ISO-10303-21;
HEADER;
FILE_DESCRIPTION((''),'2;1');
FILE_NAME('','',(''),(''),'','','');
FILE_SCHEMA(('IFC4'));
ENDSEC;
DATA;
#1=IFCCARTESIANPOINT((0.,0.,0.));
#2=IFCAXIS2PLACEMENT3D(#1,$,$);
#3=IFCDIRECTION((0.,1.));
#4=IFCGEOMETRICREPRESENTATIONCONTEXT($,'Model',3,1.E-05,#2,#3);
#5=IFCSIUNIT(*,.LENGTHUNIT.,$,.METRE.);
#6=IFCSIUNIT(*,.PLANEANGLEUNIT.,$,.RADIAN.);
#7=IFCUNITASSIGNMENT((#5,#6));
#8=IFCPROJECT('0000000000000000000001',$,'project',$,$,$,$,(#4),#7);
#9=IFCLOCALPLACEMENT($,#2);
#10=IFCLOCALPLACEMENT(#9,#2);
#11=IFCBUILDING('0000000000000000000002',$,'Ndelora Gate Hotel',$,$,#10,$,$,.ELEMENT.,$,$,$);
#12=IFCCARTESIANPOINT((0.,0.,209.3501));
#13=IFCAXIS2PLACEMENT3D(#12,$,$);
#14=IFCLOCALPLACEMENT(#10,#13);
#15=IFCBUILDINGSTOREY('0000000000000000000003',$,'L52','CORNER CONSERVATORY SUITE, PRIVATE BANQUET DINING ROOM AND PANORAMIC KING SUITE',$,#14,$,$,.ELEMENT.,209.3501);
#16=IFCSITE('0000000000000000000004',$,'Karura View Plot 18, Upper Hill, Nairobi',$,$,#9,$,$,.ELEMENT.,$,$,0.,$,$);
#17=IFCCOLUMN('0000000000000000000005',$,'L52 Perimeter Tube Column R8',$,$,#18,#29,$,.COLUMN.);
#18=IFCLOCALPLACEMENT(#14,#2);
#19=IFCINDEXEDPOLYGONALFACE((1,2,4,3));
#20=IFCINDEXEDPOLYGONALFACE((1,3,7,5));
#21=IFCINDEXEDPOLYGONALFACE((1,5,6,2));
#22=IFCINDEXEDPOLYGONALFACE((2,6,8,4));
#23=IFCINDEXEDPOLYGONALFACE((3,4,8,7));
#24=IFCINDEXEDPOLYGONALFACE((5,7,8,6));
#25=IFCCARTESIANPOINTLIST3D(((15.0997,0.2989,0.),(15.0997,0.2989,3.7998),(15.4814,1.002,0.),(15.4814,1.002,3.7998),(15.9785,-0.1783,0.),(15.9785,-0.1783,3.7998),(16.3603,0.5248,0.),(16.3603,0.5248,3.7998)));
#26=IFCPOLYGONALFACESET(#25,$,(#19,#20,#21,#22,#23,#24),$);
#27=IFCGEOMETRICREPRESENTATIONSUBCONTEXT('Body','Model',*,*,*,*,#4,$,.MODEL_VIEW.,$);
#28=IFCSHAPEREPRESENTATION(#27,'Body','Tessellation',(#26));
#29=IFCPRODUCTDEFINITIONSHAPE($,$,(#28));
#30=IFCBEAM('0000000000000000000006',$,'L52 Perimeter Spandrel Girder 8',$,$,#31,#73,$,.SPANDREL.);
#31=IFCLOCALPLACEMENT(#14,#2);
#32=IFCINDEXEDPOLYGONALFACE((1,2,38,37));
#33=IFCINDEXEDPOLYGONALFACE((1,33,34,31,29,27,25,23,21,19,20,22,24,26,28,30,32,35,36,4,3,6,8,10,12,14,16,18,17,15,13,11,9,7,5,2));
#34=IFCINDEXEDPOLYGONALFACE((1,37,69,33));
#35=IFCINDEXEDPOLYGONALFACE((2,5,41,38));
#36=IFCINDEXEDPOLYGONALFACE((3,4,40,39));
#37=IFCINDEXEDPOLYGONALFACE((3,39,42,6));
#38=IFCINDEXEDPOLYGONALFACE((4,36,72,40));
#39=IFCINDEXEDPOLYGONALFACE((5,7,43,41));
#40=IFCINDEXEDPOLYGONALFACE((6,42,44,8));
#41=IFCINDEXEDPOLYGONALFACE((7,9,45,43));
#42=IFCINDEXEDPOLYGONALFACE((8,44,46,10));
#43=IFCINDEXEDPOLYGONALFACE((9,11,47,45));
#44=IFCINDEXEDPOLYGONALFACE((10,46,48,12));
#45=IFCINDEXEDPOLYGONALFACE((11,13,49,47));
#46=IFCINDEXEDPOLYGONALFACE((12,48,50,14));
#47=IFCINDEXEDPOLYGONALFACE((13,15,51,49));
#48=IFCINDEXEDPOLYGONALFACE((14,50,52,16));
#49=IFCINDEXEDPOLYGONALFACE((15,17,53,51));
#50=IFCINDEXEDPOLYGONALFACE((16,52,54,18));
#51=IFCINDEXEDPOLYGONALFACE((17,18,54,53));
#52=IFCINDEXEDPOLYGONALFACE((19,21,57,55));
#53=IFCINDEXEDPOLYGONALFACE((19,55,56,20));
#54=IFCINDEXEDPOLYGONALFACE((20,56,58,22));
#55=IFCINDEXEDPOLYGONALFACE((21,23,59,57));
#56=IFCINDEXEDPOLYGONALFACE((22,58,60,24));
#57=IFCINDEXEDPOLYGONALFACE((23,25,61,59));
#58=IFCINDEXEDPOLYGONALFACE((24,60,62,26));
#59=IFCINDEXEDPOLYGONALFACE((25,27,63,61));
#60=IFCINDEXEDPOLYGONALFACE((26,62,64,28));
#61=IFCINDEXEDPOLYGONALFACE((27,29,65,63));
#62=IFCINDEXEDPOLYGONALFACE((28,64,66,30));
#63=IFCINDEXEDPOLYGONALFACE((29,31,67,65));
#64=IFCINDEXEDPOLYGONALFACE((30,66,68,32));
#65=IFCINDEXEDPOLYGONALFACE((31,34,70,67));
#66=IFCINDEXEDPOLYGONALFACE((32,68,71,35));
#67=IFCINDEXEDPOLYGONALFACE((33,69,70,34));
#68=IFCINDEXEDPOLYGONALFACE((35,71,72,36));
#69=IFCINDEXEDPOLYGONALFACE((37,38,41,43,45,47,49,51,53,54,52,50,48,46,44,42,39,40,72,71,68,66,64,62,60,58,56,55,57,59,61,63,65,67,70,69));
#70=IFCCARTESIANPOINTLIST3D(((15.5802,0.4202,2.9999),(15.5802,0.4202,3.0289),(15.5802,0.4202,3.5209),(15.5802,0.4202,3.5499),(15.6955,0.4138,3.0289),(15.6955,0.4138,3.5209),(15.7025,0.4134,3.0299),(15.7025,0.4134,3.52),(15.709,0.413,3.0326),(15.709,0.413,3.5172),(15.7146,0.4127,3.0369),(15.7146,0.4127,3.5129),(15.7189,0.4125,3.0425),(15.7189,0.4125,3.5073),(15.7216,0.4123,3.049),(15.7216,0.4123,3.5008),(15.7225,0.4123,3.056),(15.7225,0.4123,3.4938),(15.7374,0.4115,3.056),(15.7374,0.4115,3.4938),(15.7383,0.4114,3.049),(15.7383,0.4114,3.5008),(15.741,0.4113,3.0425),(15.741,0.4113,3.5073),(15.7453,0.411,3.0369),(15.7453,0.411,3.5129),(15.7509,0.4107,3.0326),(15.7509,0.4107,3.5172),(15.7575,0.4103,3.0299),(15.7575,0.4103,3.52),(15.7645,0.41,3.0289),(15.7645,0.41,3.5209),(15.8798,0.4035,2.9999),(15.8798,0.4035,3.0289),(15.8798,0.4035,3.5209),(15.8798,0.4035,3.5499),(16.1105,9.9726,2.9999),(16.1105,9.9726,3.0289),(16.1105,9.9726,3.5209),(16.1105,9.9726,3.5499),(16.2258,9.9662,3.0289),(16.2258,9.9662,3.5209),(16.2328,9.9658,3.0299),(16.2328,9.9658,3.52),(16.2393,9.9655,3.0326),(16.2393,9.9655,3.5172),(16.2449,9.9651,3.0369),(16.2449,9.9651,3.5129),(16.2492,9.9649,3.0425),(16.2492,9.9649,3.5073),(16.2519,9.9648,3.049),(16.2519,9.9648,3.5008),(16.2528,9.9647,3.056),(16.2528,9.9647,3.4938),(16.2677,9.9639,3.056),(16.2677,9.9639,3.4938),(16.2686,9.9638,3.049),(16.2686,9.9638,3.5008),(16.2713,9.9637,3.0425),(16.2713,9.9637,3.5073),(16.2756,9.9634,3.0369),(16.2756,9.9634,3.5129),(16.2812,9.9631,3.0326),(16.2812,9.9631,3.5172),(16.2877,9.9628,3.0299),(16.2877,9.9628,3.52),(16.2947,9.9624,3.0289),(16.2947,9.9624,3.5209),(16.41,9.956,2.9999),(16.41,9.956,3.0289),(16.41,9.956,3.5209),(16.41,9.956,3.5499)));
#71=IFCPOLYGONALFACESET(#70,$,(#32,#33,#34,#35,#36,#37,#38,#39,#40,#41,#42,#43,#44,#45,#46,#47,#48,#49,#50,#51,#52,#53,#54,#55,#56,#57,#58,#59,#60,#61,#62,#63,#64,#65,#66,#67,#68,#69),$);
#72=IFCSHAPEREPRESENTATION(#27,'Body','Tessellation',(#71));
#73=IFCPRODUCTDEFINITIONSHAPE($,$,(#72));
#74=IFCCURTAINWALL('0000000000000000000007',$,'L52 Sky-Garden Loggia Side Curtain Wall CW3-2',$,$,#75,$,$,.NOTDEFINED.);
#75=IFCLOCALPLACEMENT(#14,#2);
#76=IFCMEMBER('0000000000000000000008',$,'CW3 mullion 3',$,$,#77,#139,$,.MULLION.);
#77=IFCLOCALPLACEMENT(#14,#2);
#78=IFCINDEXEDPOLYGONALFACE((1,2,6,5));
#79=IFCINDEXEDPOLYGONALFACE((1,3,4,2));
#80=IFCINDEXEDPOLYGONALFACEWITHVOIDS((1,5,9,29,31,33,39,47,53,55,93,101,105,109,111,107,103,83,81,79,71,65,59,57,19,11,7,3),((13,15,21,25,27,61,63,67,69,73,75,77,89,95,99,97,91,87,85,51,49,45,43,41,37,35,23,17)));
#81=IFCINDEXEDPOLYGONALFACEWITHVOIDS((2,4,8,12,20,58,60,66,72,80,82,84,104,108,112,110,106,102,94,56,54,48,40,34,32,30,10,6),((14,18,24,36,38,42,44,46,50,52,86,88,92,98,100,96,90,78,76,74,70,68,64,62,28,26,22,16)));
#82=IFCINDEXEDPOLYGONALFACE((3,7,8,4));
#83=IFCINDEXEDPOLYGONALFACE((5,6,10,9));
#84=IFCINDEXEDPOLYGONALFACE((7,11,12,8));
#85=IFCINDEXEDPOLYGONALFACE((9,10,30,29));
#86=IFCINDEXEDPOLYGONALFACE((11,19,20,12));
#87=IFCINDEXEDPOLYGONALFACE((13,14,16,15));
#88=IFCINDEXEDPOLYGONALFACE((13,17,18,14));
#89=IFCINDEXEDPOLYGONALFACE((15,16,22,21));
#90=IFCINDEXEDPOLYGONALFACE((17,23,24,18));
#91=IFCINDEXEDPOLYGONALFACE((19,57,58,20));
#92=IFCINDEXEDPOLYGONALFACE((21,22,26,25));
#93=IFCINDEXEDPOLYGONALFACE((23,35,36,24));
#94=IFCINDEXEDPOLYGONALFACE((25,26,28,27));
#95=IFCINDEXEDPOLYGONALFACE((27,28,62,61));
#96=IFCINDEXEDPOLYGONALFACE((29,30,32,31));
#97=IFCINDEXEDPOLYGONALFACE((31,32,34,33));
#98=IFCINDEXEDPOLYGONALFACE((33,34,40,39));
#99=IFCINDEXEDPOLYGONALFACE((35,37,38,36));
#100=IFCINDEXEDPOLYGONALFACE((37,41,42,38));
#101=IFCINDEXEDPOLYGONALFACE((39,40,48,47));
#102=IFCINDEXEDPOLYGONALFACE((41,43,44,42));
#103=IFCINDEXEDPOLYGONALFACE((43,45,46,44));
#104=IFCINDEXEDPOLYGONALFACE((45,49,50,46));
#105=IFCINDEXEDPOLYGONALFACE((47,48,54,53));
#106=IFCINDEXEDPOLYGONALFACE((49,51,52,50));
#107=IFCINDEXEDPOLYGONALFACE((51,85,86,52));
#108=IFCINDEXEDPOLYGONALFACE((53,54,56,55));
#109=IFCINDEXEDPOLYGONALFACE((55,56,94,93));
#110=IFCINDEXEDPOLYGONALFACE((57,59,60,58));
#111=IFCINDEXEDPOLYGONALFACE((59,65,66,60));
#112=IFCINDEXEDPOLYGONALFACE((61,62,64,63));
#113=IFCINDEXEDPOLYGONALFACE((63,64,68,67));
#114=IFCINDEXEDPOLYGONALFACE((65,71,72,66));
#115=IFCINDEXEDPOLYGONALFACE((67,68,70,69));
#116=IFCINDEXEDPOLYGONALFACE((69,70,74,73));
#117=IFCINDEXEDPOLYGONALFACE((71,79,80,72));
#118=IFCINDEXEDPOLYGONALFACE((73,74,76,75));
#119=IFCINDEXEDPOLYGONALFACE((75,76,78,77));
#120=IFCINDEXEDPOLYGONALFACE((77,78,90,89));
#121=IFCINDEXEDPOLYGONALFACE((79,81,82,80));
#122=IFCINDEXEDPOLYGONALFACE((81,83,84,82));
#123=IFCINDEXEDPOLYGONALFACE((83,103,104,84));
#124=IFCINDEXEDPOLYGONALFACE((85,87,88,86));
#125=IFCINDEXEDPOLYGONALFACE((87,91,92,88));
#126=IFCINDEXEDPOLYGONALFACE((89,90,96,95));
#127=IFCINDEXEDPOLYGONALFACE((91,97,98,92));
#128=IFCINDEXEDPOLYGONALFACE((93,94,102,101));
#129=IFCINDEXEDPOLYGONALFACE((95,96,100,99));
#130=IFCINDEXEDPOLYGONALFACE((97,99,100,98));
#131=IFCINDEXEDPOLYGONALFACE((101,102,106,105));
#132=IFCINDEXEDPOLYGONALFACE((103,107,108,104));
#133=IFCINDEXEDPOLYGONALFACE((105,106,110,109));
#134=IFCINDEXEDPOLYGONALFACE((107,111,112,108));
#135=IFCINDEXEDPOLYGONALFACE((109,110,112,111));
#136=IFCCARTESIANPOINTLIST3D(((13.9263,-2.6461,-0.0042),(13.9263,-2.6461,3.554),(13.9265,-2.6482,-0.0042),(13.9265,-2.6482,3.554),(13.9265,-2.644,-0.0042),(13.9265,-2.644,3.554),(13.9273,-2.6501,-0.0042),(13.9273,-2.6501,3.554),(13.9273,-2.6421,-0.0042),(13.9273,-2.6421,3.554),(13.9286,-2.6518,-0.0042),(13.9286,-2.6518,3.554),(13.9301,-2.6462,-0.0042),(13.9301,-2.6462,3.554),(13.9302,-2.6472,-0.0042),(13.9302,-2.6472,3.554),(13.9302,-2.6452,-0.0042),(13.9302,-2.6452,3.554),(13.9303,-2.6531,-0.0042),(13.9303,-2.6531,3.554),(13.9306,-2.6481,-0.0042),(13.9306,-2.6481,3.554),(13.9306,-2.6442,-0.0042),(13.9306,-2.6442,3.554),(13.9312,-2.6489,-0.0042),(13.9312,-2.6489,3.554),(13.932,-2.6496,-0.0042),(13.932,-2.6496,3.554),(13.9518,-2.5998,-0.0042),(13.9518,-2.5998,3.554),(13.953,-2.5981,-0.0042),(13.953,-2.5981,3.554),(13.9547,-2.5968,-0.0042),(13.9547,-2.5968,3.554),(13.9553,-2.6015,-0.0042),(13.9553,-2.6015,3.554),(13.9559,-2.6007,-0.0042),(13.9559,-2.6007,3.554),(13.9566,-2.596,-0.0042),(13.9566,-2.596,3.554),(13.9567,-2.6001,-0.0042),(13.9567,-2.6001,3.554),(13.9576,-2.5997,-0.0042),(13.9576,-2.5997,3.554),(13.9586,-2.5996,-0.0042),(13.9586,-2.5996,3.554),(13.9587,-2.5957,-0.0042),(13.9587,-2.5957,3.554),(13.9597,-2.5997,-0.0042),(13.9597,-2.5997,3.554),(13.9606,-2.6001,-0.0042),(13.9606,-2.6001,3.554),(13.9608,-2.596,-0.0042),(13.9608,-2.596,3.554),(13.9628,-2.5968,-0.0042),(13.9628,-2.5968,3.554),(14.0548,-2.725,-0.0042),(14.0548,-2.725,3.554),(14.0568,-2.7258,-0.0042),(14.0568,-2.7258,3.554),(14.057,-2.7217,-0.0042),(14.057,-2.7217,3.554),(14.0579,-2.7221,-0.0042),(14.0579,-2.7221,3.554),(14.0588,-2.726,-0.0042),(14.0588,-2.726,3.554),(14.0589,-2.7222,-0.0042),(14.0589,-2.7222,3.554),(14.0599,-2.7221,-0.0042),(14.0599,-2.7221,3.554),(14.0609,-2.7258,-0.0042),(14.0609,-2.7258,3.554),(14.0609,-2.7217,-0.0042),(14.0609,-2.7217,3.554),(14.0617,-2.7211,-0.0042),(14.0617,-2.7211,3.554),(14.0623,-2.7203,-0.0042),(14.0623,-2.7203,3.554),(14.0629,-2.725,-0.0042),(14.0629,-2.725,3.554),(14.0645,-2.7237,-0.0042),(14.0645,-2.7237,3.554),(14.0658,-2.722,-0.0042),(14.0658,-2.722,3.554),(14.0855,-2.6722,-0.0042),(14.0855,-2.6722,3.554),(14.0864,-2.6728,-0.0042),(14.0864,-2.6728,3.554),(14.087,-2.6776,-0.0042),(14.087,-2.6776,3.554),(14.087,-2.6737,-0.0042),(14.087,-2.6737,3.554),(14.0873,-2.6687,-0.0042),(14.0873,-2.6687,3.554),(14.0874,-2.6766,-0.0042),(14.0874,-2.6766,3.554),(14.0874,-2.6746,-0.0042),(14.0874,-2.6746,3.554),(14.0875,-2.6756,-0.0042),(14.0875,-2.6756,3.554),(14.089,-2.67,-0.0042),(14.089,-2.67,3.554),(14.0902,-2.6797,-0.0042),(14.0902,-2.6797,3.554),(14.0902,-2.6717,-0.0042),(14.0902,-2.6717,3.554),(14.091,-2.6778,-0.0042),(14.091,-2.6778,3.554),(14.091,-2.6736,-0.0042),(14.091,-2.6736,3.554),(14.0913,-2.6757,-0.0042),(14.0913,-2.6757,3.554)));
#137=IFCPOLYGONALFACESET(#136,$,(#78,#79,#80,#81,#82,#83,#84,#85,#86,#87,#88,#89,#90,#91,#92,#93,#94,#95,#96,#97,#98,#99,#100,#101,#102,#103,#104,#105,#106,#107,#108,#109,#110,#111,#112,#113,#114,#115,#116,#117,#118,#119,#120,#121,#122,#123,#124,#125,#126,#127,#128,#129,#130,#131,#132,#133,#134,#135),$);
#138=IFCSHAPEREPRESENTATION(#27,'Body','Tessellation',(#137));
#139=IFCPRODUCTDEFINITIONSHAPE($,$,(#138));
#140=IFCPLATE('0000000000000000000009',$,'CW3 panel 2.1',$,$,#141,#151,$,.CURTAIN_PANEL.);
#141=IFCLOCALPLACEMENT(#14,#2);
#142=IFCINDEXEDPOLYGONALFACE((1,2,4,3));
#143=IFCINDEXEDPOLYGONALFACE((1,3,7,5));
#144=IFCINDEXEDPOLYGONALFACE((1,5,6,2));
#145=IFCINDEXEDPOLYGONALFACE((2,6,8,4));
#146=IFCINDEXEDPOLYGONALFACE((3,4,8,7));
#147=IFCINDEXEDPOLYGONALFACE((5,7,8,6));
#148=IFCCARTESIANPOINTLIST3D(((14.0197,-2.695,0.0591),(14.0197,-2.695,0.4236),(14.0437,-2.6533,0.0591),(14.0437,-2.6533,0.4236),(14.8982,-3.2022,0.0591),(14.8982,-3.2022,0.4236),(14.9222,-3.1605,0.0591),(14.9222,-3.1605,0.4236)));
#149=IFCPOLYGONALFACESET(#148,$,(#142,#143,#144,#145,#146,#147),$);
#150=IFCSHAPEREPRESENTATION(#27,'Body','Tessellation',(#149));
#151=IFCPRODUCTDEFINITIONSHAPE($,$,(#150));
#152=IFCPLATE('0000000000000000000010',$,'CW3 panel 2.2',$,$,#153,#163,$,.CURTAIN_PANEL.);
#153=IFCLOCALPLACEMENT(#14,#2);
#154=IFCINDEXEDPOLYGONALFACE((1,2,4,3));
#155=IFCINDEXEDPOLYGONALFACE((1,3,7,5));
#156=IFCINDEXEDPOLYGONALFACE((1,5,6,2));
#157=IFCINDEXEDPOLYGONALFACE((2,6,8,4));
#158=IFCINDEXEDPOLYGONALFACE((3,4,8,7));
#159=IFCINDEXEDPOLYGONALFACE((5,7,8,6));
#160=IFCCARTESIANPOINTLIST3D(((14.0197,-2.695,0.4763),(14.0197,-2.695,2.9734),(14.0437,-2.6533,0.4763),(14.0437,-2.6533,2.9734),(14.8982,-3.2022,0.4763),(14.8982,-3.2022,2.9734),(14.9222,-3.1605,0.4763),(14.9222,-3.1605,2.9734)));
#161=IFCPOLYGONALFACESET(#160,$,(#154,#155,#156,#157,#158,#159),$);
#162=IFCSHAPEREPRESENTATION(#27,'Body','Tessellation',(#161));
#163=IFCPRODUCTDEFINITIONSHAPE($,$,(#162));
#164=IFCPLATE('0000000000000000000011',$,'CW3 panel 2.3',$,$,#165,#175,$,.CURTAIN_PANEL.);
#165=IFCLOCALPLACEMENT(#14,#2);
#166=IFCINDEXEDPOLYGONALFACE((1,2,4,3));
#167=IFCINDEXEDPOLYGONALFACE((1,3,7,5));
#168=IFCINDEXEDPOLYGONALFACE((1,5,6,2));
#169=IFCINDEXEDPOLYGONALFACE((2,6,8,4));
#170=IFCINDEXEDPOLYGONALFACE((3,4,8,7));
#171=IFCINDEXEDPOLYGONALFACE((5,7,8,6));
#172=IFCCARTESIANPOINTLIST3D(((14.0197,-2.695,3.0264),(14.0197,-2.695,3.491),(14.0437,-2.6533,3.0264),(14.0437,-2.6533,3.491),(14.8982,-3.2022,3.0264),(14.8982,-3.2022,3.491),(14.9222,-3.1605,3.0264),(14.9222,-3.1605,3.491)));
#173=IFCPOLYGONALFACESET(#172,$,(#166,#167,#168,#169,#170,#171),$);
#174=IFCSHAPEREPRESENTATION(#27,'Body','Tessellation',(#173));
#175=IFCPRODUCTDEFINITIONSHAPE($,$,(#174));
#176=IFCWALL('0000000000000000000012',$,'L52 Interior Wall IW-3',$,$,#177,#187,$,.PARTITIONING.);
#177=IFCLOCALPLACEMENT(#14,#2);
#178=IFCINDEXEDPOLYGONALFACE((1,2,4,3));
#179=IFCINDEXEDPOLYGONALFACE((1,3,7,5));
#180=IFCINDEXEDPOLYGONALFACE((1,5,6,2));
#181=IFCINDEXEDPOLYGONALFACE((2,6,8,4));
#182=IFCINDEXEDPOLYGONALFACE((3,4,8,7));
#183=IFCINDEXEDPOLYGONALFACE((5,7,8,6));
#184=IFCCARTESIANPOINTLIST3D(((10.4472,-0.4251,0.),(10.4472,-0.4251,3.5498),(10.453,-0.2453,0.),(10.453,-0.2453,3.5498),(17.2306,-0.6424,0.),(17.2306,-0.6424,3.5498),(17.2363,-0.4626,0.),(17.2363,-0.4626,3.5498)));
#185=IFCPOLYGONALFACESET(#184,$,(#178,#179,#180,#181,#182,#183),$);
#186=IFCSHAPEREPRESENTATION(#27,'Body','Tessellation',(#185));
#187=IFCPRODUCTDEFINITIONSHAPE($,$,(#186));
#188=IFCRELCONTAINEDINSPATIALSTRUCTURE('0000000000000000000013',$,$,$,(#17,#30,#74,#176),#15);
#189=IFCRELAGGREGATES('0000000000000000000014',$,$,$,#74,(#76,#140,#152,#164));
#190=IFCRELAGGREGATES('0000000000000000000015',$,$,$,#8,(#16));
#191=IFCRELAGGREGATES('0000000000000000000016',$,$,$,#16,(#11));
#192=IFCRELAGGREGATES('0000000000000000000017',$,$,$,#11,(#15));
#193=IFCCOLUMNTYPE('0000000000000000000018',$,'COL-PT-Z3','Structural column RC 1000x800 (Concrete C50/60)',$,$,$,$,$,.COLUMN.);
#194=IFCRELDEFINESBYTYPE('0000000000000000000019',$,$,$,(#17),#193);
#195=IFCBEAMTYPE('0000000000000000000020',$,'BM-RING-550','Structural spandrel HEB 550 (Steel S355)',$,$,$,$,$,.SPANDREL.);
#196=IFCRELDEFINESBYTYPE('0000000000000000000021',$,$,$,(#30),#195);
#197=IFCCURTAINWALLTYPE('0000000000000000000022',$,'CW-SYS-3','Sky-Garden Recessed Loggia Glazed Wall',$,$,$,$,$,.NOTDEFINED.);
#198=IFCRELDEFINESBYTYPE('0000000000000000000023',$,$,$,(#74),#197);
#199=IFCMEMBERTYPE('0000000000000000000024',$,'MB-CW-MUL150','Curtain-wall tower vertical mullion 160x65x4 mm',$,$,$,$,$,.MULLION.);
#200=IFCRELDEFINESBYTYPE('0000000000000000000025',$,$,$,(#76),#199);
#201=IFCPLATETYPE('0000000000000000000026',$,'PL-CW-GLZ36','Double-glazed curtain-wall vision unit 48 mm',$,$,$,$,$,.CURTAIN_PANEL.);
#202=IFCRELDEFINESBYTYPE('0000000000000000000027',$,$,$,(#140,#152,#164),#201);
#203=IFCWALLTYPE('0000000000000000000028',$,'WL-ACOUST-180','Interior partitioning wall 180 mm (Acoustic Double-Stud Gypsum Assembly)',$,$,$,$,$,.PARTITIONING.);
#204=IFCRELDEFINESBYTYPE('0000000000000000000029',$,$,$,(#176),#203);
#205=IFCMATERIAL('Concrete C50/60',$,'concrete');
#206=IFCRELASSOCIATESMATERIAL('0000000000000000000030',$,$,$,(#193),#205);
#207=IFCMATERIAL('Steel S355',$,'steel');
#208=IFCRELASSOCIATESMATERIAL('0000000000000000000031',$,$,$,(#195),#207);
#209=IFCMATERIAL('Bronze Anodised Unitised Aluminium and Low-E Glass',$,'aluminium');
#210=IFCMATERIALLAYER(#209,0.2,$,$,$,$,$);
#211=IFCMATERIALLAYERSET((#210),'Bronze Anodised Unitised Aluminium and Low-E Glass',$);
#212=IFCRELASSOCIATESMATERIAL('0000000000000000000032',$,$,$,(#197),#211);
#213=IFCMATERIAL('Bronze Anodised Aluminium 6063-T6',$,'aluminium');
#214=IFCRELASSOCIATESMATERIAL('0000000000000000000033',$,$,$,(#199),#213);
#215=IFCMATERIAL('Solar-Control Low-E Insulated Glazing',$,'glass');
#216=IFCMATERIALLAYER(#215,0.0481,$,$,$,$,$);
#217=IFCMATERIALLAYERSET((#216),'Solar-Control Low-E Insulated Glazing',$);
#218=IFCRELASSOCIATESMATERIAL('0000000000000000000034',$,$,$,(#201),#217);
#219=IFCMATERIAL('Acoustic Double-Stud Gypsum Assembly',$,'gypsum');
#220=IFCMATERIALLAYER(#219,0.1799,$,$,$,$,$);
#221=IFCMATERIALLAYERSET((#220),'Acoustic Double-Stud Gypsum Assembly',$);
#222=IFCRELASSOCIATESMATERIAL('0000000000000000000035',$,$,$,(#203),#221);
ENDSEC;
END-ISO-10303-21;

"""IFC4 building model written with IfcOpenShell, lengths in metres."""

from ifc_helpers import new_model, si_unit, direction, frame, frame_2d, origin, origin_2d, place, context, subcontext, project, spatial, rectangle, hollow_rectangle, i_section, extrude, material, layer, layer_set, material_profile, profile_set, type_object, element, aggregate, save


model = new_model("IFC4")

# Units and contexts
model_context = context("Model", 3, precision=1e-05, world=origin(), true_north=direction((0.0, 1.0)))
body_context = subcontext(model_context, "Body", "Model", "MODEL_VIEW")
ifc_project = project(units=[si_unit("LENGTHUNIT", "METRE"), si_unit("PLANEANGLEUNIT", "RADIAN")], contexts=[model_context])

# Site, building, storey
site_placement = place(None, origin())
site = spatial("IfcSite", under=ifc_project, at=site_placement, Name="Karura View Plot 18, Upper Hill, Nairobi", CompositionType="ELEMENT", RefElevation=0.0)
building_placement = place(site_placement, origin())
building = spatial("IfcBuilding", under=site, at=building_placement, Name="Ndelora Gate Hotel", CompositionType="ELEMENT")
storey_placement = place(building_placement, frame((0.0, 0.0, 209.3501)))
storey = spatial("IfcBuildingStorey", under=building, at=storey_placement, Name="L52", Description="CORNER CONSERVATORY SUITE, PRIVATE BANQUET DINING ROOM AND PANORAMIC KING SUITE", CompositionType="ELEMENT", Elevation=209.3501)

# Column
ifc_material_1 = material(Name="Concrete C50/60", Category="concrete")
ifc_material_profile_1 = material_profile(ifc_material_1, rectangle(XDim=0.8, YDim=1.0, at=origin_2d()), Name="RC 1000x800")
ifc_profile_set_1 = profile_set([ifc_material_profile_1], Name="Concrete C50/60")
column_type = type_object("IfcColumnType", Name="COL-PT-Z3", Description="Structural column RC 1000x800 (Concrete C50/60)", PredefinedType="COLUMN", material=ifc_profile_set_1)
column_placement = place(storey_placement, frame((15.73, 0.4119, 0.0), z_axis=(0.0, 0.0, 1.0), x_axis=(0.477159, 0.878817, 0.0)))
element("IfcColumn", 1, at=column_placement, inside=storey, type_object=column_type, Name="L52 Perimeter Tube Column R8", PredefinedType="COLUMN", context=body_context, shape_type="SweptSolid", body=[
    extrude(rectangle(XDim=0.8, YDim=1.0, at=origin_2d()), origin(), (0.0, 0.0, 1.0), 3.7998),
])

# Beam
ifc_material_2 = material(Name="Steel S355", Category="steel")
ifc_material_profile_2 = material_profile(ifc_material_2, i_section(OverallWidth=0.3, OverallDepth=0.55, WebThickness=0.0149, FlangeThickness=0.0291, FilletRadius=0.0271, at=origin_2d()), Name="HEB 550")
ifc_profile_set_2 = profile_set([ifc_material_profile_2], Name="Steel S355")
beam_type = type_object("IfcBeamType", Name="BM-RING-550", Description="Structural spandrel HEB 550 (Steel S355)", PredefinedType="SPANDREL", material=ifc_profile_set_2)
beam_placement = place(storey_placement, frame((15.73, 0.4119, 3.2749), z_axis=(0.055426, 0.998463, 0.0), x_axis=(-0.998463, 0.055426, 0.0)))
element("IfcBeam", 2, at=beam_placement, inside=storey, type_object=beam_type, Name="L52 Perimeter Spandrel Girder 8", PredefinedType="SPANDREL", context=body_context, shape_type="SweptSolid", body=[
    extrude(i_section(OverallWidth=0.3, OverallDepth=0.55, WebThickness=0.0149, FlangeThickness=0.0291, FilletRadius=0.0271, at=origin_2d()), origin(), (0.0, 0.0, 1.0), 9.5671),
])

# Curtain wall, member, plates
ifc_material_3 = material(Name="Bronze Anodised Unitised Aluminium and Low-E Glass", Category="aluminium")
ifc_layer_1 = layer(ifc_material_3, 0.2)
ifc_layer_set_1 = layer_set([ifc_layer_1], Name="Bronze Anodised Unitised Aluminium and Low-E Glass")
curtain_wall_type = type_object("IfcCurtainWallType", Name="CW-SYS-3", Description="Sky-Garden Recessed Loggia Glazed Wall", PredefinedType="NOTDEFINED", material=ifc_layer_set_1)
curtain_wall_placement = place(storey_placement, origin())
curtain_wall = element("IfcCurtainWall", 3, at=curtain_wall_placement, inside=storey, type_object=curtain_wall_type, Name="L52 Sky-Garden Loggia Side Curtain Wall CW3-2", PredefinedType="NOTDEFINED")
ifc_material_4 = material(Name="Bronze Anodised Aluminium 6063-T6", Category="aluminium")
ifc_material_profile_3 = material_profile(ifc_material_4, hollow_rectangle(XDim=0.0649, YDim=0.1599, WallThickness=0.0039, InnerFilletRadius=0.0039, OuterFilletRadius=0.0081, at=origin_2d()), Name="ALU 160x65x4")
ifc_profile_set_3 = profile_set([ifc_material_profile_3], Name="Bronze Anodised Aluminium 6063-T6")
member_type = type_object("IfcMemberType", Name="MB-CW-MUL150", Description="Curtain-wall tower vertical mullion 160x65x4 mm", PredefinedType="MULLION", material=ifc_profile_set_3)
member_placement = place(storey_placement, frame((14.0088, -2.6609, -0.0042), z_axis=(0.0, 0.0, 1.0), x_axis=(-0.499991, -0.86603, 0.0)))
member = element("IfcMember", 4, at=member_placement, type_object=member_type, Name="CW3 mullion 3", PredefinedType="MULLION", context=body_context, shape_type="SweptSolid", body=[
    extrude(hollow_rectangle(XDim=0.0649, YDim=0.1599, WallThickness=0.0039, InnerFilletRadius=0.0039, OuterFilletRadius=0.0081, at=origin_2d()), origin(), (0.0, 0.0, 1.0), 3.5581),
])
ifc_material_5 = material(Name="Solar-Control Low-E Insulated Glazing", Category="glass")
ifc_layer_2 = layer(ifc_material_5, 0.0481)
ifc_layer_set_2 = layer_set([ifc_layer_2], Name="Solar-Control Low-E Insulated Glazing")
plate_type = type_object("IfcPlateType", Name="PL-CW-GLZ36", Description="Double-glazed curtain-wall vision unit 48 mm", PredefinedType="CURTAIN_PANEL", material=ifc_layer_set_2)
plate_1_placement = place(storey_placement, frame((14.4709, -2.9277, 0.0591), z_axis=(0.0, 0.0, 1.0), x_axis=(-0.86603, 0.499991, 0.0)))
plate_1 = element("IfcPlate", 5, at=plate_1_placement, type_object=plate_type, Name="CW3 panel 2.1", PredefinedType="CURTAIN_PANEL", context=body_context, shape_type="SweptSolid", body=[
    extrude(rectangle(XDim=1.0144, YDim=0.0481, at=origin_2d()), origin(), (0.0, 0.0, 1.0), 0.3645),
])
plate_2_placement = place(storey_placement, frame((14.4709, -2.9277, 0.4763), z_axis=(0.0, 0.0, 1.0), x_axis=(-0.86603, 0.499991, 0.0)))
plate_2 = element("IfcPlate", 6, at=plate_2_placement, type_object=plate_type, Name="CW3 panel 2.2", PredefinedType="CURTAIN_PANEL", context=body_context, shape_type="SweptSolid", body=[
    extrude(rectangle(XDim=1.0144, YDim=0.0481, at=origin_2d()), origin(), (0.0, 0.0, 1.0), 2.4971),
])
plate_3_placement = place(storey_placement, frame((14.4709, -2.9277, 3.0264), z_axis=(0.0, 0.0, 1.0), x_axis=(-0.86603, 0.499991, 0.0)))
plate_3 = element("IfcPlate", 7, at=plate_3_placement, type_object=plate_type, Name="CW3 panel 2.3", PredefinedType="CURTAIN_PANEL", context=body_context, shape_type="SweptSolid", body=[
    extrude(rectangle(XDim=1.0144, YDim=0.0481, at=origin_2d()), origin(), (0.0, 0.0, 1.0), 0.4646),
])
aggregate(curtain_wall, [member, plate_1, plate_2, plate_3])

# Wall
ifc_material_6 = material(Name="Acoustic Double-Stud Gypsum Assembly", Category="gypsum")
ifc_layer_3 = layer(ifc_material_6, 0.1799)
ifc_layer_set_3 = layer_set([ifc_layer_3], Name="Acoustic Double-Stud Gypsum Assembly")
wall_type_1 = type_object("IfcWallType", Name="WL-ACOUST-180", Description="Interior partitioning wall 180 mm (Acoustic Double-Stud Gypsum Assembly)", PredefinedType="PARTITIONING", material=ifc_layer_set_3)
wall_1_placement = place(storey_placement, frame((10.45, -0.3352, 0.0), z_axis=(0.0, 0.0, 1.0), x_axis=(0.999487, -0.032015, 0.0)))
element("IfcWall", 8, at=wall_1_placement, inside=storey, type_object=wall_type_1, Name="L52 Interior Wall IW-3", PredefinedType="PARTITIONING", context=body_context, shape_type="SweptSolid", body=[
    extrude(rectangle(XDim=6.7869, YDim=0.1799, at=frame_2d((3.3936, 0.0))), origin(), (0.0, 0.0, 1.0), 3.5498),
])

save(model, "model.ifc")
